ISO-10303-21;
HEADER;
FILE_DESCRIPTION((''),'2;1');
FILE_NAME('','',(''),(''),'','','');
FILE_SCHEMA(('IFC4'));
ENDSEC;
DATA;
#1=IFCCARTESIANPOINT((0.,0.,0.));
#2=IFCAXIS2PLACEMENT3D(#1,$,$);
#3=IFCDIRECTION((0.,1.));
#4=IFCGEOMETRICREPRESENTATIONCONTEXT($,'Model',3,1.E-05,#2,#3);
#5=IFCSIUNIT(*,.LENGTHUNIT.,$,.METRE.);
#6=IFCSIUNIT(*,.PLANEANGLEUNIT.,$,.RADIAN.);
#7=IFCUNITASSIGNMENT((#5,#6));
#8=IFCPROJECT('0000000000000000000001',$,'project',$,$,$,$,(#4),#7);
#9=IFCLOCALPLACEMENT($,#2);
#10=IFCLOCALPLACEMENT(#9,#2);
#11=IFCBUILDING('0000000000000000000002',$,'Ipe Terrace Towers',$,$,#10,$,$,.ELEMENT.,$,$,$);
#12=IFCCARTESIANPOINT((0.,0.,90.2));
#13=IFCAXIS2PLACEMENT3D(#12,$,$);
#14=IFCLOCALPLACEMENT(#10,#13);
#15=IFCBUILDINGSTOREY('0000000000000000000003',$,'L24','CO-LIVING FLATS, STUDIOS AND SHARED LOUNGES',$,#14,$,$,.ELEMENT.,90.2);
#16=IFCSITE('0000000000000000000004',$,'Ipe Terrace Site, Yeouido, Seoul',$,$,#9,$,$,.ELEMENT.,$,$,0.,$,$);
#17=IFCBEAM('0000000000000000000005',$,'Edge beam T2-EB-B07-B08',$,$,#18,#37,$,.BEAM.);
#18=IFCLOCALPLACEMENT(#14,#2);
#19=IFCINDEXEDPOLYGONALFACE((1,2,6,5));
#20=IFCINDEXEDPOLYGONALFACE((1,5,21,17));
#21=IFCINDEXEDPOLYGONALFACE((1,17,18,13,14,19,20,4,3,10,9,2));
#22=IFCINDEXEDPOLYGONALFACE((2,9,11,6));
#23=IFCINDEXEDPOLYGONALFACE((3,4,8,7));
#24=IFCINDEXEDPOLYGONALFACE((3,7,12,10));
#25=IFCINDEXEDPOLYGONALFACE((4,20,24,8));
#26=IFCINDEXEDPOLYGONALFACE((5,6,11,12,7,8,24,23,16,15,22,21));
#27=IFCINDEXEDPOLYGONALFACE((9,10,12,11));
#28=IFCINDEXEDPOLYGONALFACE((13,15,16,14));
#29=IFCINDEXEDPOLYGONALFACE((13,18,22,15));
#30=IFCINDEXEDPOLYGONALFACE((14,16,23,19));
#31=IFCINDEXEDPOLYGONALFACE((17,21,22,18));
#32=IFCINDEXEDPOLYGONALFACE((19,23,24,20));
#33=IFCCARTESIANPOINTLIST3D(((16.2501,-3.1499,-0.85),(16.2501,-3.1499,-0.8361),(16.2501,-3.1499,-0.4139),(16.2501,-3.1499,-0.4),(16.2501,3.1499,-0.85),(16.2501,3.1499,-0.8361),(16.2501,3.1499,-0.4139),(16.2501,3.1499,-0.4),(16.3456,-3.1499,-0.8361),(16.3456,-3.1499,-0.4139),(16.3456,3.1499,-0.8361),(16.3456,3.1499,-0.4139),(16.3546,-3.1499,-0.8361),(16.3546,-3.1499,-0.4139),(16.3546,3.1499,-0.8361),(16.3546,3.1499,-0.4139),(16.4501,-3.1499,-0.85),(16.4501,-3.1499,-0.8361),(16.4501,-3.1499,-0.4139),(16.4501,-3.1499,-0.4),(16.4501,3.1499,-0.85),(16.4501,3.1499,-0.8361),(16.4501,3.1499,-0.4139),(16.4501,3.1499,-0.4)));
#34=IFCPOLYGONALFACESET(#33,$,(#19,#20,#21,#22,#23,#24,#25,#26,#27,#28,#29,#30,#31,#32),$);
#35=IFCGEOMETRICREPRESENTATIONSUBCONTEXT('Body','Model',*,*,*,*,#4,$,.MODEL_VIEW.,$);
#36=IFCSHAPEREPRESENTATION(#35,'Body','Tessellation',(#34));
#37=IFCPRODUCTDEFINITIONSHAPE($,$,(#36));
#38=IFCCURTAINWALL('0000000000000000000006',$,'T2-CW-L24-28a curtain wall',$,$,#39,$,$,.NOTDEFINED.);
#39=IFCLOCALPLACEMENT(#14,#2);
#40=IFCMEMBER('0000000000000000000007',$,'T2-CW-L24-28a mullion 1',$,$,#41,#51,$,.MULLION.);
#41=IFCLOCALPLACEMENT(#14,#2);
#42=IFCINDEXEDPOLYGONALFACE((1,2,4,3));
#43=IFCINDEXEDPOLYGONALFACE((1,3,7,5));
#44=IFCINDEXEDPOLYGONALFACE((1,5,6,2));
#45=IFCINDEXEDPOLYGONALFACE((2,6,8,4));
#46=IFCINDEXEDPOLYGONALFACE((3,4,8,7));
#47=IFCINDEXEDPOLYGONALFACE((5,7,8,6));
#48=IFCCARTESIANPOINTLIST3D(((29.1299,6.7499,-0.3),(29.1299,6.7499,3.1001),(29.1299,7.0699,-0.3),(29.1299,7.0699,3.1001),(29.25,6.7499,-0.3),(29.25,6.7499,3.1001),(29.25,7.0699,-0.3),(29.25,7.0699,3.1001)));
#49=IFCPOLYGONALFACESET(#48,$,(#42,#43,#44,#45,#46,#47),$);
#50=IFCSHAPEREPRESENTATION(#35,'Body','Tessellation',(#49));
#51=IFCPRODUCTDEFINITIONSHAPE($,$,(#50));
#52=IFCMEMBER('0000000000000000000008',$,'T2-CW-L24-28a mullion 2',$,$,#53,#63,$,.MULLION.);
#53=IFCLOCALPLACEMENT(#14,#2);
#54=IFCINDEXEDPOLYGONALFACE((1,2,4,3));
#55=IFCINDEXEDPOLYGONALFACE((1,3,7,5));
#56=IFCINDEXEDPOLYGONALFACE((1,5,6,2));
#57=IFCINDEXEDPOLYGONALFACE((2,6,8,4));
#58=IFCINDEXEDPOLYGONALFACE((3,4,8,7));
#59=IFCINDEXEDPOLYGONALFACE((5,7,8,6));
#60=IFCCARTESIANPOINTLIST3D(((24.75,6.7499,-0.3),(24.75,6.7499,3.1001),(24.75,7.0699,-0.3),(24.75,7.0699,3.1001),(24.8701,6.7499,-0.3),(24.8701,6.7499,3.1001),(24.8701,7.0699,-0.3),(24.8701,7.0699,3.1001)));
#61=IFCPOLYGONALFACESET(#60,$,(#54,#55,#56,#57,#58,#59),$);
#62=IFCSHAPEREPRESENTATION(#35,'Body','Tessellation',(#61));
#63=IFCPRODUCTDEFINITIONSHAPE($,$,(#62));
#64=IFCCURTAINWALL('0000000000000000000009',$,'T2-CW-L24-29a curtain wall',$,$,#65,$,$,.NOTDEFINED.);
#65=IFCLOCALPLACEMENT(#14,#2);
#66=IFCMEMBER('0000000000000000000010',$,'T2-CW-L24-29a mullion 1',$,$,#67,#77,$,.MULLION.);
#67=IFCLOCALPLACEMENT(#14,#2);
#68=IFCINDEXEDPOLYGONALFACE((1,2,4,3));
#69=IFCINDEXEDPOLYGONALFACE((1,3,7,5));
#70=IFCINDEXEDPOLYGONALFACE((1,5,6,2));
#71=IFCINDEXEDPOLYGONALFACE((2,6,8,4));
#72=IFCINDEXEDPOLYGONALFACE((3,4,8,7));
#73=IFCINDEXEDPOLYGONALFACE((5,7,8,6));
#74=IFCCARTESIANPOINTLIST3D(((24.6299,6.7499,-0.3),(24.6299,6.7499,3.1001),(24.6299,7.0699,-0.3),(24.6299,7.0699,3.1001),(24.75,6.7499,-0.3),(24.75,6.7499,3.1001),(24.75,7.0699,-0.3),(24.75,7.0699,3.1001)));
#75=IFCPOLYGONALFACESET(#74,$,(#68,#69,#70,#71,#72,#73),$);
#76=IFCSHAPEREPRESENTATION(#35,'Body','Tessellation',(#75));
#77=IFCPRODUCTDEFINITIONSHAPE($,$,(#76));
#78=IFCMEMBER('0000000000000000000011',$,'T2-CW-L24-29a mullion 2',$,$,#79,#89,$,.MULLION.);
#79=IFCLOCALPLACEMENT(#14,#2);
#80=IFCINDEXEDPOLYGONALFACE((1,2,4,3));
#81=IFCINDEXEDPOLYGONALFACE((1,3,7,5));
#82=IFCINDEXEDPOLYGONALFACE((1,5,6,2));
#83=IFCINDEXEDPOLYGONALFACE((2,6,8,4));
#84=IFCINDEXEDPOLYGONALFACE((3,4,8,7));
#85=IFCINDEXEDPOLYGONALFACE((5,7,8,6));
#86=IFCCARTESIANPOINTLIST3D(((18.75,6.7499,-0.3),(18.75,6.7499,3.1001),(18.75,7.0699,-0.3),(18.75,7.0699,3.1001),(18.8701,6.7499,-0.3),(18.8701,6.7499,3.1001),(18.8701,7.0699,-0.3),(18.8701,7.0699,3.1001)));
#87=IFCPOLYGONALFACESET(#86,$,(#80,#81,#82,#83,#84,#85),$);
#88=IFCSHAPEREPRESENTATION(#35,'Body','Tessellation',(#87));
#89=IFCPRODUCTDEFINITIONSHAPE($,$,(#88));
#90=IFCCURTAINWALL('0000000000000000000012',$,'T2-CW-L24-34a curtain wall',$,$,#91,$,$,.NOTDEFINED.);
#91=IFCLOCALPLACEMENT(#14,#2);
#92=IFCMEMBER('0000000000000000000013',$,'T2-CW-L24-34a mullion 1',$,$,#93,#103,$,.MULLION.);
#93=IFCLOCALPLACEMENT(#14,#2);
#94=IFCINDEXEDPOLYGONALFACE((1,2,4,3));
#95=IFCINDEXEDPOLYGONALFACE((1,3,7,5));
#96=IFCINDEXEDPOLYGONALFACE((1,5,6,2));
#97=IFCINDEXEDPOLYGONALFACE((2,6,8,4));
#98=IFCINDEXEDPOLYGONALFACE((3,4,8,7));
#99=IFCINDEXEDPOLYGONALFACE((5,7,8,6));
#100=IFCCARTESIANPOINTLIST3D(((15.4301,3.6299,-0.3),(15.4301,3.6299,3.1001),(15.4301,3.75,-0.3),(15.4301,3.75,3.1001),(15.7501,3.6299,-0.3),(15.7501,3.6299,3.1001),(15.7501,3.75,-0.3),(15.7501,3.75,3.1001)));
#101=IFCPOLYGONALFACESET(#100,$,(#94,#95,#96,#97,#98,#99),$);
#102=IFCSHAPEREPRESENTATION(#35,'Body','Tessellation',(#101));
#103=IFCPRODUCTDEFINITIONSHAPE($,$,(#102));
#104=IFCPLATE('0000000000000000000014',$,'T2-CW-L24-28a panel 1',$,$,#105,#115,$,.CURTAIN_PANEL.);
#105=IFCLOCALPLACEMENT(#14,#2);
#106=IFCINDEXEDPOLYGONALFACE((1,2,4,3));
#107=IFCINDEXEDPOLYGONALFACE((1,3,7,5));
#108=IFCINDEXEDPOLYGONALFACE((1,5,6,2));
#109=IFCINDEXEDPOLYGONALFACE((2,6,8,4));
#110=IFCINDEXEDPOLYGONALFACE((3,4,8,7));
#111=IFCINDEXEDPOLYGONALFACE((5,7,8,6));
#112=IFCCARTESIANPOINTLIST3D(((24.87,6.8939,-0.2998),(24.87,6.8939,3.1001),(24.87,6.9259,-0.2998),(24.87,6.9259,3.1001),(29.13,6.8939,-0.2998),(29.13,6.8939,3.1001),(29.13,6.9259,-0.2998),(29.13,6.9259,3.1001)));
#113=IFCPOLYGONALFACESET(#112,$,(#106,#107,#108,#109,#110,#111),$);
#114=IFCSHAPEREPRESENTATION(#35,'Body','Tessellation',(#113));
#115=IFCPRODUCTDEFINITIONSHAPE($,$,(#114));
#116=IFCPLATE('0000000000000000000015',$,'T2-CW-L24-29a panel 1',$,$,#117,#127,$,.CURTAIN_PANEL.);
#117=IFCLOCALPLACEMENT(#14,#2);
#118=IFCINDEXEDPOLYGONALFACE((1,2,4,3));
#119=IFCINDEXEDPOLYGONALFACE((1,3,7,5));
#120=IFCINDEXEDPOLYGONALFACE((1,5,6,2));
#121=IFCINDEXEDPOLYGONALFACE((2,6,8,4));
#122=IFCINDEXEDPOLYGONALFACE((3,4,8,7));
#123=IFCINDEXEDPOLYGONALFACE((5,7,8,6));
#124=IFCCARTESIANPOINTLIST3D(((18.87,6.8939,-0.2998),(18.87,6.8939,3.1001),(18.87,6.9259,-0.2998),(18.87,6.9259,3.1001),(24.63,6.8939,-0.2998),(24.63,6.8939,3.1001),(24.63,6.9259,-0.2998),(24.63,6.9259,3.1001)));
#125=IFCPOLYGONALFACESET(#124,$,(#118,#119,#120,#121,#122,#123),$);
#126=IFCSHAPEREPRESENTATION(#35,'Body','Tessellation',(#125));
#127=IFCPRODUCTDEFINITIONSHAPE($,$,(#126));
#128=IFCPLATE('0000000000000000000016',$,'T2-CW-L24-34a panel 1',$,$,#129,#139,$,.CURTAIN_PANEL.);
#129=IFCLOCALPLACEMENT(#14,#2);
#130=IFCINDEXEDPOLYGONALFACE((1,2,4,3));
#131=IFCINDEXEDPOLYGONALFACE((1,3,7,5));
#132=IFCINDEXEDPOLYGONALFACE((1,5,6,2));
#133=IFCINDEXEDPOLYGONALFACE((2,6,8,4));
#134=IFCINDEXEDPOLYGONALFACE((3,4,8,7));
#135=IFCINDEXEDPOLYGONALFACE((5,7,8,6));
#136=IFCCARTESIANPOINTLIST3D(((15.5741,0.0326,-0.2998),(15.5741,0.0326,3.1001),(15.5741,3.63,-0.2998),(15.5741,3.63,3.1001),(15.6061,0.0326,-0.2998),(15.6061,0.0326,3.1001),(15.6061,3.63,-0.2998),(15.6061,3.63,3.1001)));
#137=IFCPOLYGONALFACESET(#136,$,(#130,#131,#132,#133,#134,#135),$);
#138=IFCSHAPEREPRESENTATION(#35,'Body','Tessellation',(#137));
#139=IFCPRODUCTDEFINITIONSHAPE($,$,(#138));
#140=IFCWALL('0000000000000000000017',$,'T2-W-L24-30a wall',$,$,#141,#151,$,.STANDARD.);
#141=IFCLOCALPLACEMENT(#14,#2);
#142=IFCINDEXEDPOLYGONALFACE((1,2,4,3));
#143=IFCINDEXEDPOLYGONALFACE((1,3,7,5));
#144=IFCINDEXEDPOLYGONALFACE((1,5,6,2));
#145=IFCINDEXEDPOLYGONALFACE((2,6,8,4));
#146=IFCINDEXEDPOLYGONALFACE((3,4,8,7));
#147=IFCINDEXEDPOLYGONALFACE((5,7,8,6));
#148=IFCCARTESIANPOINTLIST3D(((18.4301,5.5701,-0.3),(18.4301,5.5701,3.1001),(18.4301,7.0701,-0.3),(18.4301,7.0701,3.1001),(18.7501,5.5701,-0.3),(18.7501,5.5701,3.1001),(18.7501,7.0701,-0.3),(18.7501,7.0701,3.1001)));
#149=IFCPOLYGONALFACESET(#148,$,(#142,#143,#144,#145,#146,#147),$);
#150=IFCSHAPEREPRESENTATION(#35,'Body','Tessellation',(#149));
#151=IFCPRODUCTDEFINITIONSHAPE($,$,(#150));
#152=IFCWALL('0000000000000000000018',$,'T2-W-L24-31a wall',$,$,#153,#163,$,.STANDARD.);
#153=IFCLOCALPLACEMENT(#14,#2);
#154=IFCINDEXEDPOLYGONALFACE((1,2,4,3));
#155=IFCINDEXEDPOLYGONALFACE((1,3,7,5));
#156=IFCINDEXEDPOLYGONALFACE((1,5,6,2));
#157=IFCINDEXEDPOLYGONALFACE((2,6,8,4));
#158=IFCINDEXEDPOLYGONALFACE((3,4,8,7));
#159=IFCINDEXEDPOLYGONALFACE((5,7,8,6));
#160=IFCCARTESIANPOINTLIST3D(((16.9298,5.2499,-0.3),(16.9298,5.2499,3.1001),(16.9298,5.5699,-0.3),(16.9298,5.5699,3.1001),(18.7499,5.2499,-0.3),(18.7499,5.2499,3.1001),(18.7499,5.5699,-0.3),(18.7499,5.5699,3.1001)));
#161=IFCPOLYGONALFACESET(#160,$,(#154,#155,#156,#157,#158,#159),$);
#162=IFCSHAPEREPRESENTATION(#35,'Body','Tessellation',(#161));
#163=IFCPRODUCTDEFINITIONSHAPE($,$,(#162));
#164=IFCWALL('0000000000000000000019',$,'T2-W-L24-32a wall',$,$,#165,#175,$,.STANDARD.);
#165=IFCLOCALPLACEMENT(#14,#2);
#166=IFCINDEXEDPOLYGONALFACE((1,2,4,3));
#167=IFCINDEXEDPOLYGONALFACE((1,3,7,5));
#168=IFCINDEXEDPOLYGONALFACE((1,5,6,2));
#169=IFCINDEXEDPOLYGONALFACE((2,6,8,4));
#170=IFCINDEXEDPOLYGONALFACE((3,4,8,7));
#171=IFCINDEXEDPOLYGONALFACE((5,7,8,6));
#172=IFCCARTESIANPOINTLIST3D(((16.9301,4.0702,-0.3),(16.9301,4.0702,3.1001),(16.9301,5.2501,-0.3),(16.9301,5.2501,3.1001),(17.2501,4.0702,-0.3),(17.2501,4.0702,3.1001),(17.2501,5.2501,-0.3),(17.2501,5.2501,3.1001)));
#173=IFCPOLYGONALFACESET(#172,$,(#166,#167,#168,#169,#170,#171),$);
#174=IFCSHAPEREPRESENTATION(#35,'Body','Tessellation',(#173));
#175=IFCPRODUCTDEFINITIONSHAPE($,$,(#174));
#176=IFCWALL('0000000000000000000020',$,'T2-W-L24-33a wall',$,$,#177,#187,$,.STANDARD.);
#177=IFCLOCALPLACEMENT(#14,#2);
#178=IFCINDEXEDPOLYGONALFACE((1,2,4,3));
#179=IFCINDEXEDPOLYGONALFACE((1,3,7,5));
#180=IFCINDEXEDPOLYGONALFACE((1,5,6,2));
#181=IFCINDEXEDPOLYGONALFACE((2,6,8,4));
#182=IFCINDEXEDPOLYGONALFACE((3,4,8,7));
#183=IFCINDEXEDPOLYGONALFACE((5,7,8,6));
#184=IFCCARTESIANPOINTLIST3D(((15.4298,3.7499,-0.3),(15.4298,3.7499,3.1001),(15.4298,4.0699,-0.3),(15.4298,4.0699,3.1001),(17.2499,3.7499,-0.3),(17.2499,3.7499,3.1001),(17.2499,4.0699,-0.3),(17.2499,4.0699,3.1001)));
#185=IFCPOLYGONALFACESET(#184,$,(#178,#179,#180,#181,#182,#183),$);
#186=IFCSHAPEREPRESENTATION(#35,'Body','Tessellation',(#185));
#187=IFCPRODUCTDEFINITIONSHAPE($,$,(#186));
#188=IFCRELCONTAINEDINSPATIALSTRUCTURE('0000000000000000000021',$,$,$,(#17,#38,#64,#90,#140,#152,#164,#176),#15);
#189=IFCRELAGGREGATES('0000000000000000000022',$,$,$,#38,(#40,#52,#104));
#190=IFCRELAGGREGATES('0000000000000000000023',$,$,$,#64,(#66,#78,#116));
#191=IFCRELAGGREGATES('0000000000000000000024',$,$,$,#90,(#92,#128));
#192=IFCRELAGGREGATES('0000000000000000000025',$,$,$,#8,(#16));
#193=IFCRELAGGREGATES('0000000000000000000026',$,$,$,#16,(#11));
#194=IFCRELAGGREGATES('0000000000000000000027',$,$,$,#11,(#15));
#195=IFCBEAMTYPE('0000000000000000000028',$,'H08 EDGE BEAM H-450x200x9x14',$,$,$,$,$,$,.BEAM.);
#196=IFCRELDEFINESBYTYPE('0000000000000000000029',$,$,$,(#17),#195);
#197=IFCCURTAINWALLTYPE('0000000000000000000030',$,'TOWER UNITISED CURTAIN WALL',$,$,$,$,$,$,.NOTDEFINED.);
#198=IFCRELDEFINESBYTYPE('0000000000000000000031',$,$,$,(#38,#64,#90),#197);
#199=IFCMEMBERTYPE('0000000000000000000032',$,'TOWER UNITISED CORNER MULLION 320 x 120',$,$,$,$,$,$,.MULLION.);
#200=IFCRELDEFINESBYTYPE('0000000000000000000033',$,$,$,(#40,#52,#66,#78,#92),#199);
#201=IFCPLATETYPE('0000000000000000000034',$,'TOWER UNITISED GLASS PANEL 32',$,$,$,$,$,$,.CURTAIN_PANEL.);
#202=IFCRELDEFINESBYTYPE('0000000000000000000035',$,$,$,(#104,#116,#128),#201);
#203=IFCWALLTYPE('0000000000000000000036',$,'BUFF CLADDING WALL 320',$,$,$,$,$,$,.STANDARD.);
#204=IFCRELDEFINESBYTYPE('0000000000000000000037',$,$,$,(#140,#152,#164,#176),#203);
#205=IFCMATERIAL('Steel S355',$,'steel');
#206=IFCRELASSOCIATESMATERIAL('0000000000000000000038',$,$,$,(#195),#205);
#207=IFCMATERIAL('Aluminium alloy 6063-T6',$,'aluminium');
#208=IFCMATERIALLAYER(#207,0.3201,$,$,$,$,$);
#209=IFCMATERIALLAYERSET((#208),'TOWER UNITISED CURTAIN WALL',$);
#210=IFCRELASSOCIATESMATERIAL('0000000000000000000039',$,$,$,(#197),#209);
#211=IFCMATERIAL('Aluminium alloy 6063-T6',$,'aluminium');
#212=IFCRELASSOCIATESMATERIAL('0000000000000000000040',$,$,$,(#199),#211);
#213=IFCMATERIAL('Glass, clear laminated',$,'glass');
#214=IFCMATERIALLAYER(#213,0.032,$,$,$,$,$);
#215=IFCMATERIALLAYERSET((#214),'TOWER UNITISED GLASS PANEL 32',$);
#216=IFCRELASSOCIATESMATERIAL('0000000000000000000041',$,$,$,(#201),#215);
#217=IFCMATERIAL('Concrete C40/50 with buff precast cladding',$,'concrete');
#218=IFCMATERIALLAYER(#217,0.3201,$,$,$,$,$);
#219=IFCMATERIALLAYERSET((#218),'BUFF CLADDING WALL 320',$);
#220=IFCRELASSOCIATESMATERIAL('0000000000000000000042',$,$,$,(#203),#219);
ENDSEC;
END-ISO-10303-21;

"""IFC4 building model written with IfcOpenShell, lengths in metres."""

from ifc_helpers import new_model, si_unit, direction, frame, frame_2d, origin, origin_2d, place, context, subcontext, project, spatial, rectangle, i_section, extrude, material, layer, layer_set, material_profile, profile_set, type_object, element, aggregate, save


model = new_model("IFC4")

# Units and contexts
model_context = context("Model", 3, precision=1e-05, world=origin(), true_north=direction((0.0, 1.0)))
body_context = subcontext(model_context, "Body", "Model", "MODEL_VIEW")
ifc_project = project(units=[si_unit("LENGTHUNIT", "METRE"), si_unit("PLANEANGLEUNIT", "RADIAN")], contexts=[model_context])

# Site, building, storey
site_placement = place(None, origin())
site = spatial("IfcSite", under=ifc_project, at=site_placement, Name="Ipe Terrace Site, Yeouido, Seoul", CompositionType="ELEMENT", RefElevation=0.0)
building_placement = place(site_placement, origin())
building = spatial("IfcBuilding", under=site, at=building_placement, Name="Ipe Terrace Towers", CompositionType="ELEMENT")
storey_placement = place(building_placement, frame((0.0, 0.0, 90.2)))
storey = spatial("IfcBuildingStorey", under=building, at=storey_placement, Name="L24", Description="CO-LIVING FLATS, STUDIOS AND SHARED LOUNGES", CompositionType="ELEMENT", Elevation=90.2)

# Beam
ifc_material_1 = material(Name="Steel S355", Category="steel")
ifc_material_profile_1 = material_profile(ifc_material_1, i_section(OverallWidth=0.2, OverallDepth=0.45, WebThickness=0.009, FlangeThickness=0.0139, at=origin_2d()), Name="H-450x200x9x14")
ifc_profile_set_1 = profile_set([ifc_material_profile_1], Name="Steel S355")
beam_type_1 = type_object("IfcBeamType", Name="H08 EDGE BEAM H-450x200x9x14", PredefinedType="BEAM", material=ifc_profile_set_1)
beam_1_placement = place(storey_placement, frame((16.3501, 3.1499, -0.625), z_axis=(0.0, -1.0, 0.0), x_axis=(1.0, 0.0, 0.0)))
element("IfcBeam", 1, at=beam_1_placement, inside=storey, type_object=beam_type_1, Name="Edge beam T2-EB-B07-B08", PredefinedType="BEAM", context=body_context, shape_type="SweptSolid", body=[
    extrude(i_section(OverallWidth=0.2, OverallDepth=0.45, WebThickness=0.009, FlangeThickness=0.0139, at=origin_2d()), origin(), (0.0, 0.0, 1.0), 6.2998),
])

# Curtain walls, members
ifc_material_2 = material(Name="Aluminium alloy 6063-T6", Category="aluminium")
ifc_layer_1 = layer(ifc_material_2, 0.3201)
ifc_layer_set_1 = layer_set([ifc_layer_1], Name="TOWER UNITISED CURTAIN WALL")
curtain_wall_type = type_object("IfcCurtainWallType", Name="TOWER UNITISED CURTAIN WALL", PredefinedType="NOTDEFINED", material=ifc_layer_set_1)
curtain_wall_1_placement = place(storey_placement, origin())
curtain_wall_1 = element("IfcCurtainWall", 2, at=curtain_wall_1_placement, inside=storey, type_object=curtain_wall_type, Name="T2-CW-L24-28a curtain wall", PredefinedType="NOTDEFINED")
ifc_material_3 = material(Name="Aluminium alloy 6063-T6", Category="aluminium")
ifc_material_profile_2 = material_profile(ifc_material_3, rectangle(XDim=0.3201, YDim=0.1201, at=origin_2d()), Name="TOWER UNITISED CORNER MULLION 320 x 120")
ifc_profile_set_2 = profile_set([ifc_material_profile_2], Name="Aluminium alloy 6063-T6")
member_type = type_object("IfcMemberType", Name="TOWER UNITISED CORNER MULLION 320 x 120", PredefinedType="MULLION", material=ifc_profile_set_2)
member_1_placement = place(storey_placement, frame((29.1899, 6.9099, -0.3), z_axis=(0.0, 0.0, 1.0), x_axis=(0.0, 1.0, 0.0)))
member_1 = element("IfcMember", 3, at=member_1_placement, type_object=member_type, Name="T2-CW-L24-28a mullion 1", PredefinedType="MULLION", context=body_context, shape_type="SweptSolid", body=[
    extrude(rectangle(XDim=0.3201, YDim=0.1201, at=origin_2d()), origin(), (0.0, 0.0, 1.0), 3.4001),
])
member_2_placement = place(storey_placement, frame((24.8101, 6.9099, -0.3), z_axis=(0.0, 0.0, 1.0), x_axis=(0.0, 1.0, 0.0)))
member_2 = element("IfcMember", 4, at=member_2_placement, type_object=member_type, Name="T2-CW-L24-28a mullion 2", PredefinedType="MULLION", context=body_context, shape_type="SweptSolid", body=[
    extrude(rectangle(XDim=0.3201, YDim=0.1201, at=origin_2d()), origin(), (0.0, 0.0, 1.0), 3.4001),
])
curtain_wall_2_placement = place(storey_placement, origin())
curtain_wall_2 = element("IfcCurtainWall", 5, at=curtain_wall_2_placement, inside=storey, type_object=curtain_wall_type, Name="T2-CW-L24-29a curtain wall", PredefinedType="NOTDEFINED")
member_3_placement = place(storey_placement, frame((24.6899, 6.9099, -0.3), z_axis=(0.0, 0.0, 1.0), x_axis=(0.0, 1.0, 0.0)))
member_3 = element("IfcMember", 6, at=member_3_placement, type_object=member_type, Name="T2-CW-L24-29a mullion 1", PredefinedType="MULLION", context=body_context, shape_type="SweptSolid", body=[
    extrude(rectangle(XDim=0.3201, YDim=0.1201, at=origin_2d()), origin(), (0.0, 0.0, 1.0), 3.4001),
])
member_4_placement = place(storey_placement, frame((18.8101, 6.9099, -0.3), z_axis=(0.0, 0.0, 1.0), x_axis=(0.0, 1.0, 0.0)))
member_4 = element("IfcMember", 7, at=member_4_placement, type_object=member_type, Name="T2-CW-L24-29a mullion 2", PredefinedType="MULLION", context=body_context, shape_type="SweptSolid", body=[
    extrude(rectangle(XDim=0.3201, YDim=0.1201, at=origin_2d()), origin(), (0.0, 0.0, 1.0), 3.4001),
])

# Curtain wall, member
curtain_wall_3_placement = place(storey_placement, origin())
curtain_wall_3 = element("IfcCurtainWall", 8, at=curtain_wall_3_placement, inside=storey, type_object=curtain_wall_type, Name="T2-CW-L24-34a curtain wall", PredefinedType="NOTDEFINED")
member_5_placement = place(storey_placement, frame((15.5901, 3.6899, -0.3), z_axis=(0.0, 0.0, 1.0), x_axis=(-1.0, 0.0, 0.0)))
member_5 = element("IfcMember", 9, at=member_5_placement, type_object=member_type, Name="T2-CW-L24-34a mullion 1", PredefinedType="MULLION", context=body_context, shape_type="SweptSolid", body=[
    extrude(rectangle(XDim=0.3201, YDim=0.1201, at=origin_2d()), origin(), (0.0, 0.0, 1.0), 3.4001),
])

# Plates
ifc_material_4 = material(Name="Glass, clear laminated", Category="glass")
ifc_layer_2 = layer(ifc_material_4, 0.032)
ifc_layer_set_2 = layer_set([ifc_layer_2], Name="TOWER UNITISED GLASS PANEL 32")
plate_type = type_object("IfcPlateType", Name="TOWER UNITISED GLASS PANEL 32", PredefinedType="CURTAIN_PANEL", material=ifc_layer_set_2)
plate_1_placement = place(storey_placement, frame((27.0, 6.9099, -0.2998), z_axis=(0.0, 0.0, 1.0), x_axis=(-1.0, 0.0, 0.0)))
plate_1 = element("IfcPlate", 10, at=plate_1_placement, type_object=plate_type, Name="T2-CW-L24-28a panel 1", PredefinedType="CURTAIN_PANEL", context=body_context, shape_type="SweptSolid", body=[
    extrude(rectangle(XDim=4.26, YDim=0.032, at=origin_2d()), origin(), (0.0, 0.0, 1.0), 3.3999),
])
aggregate(curtain_wall_1, [member_1, member_2, plate_1])
plate_2_placement = place(storey_placement, frame((21.75, 6.9099, -0.2998), z_axis=(0.0, 0.0, 1.0), x_axis=(-1.0, 0.0, 0.0)))
plate_2 = element("IfcPlate", 11, at=plate_2_placement, type_object=plate_type, Name="T2-CW-L24-29a panel 1", PredefinedType="CURTAIN_PANEL", context=body_context, shape_type="SweptSolid", body=[
    extrude(rectangle(XDim=5.76, YDim=0.032, at=origin_2d()), origin(), (0.0, 0.0, 1.0), 3.3999),
])
aggregate(curtain_wall_2, [member_3, member_4, plate_2])
plate_3_placement = place(storey_placement, frame((15.5901, 1.8313, -0.2998), z_axis=(0.0, 0.0, 1.0), x_axis=(0.0, -1.0, 0.0)))
plate_3 = element("IfcPlate", 12, at=plate_3_placement, type_object=plate_type, Name="T2-CW-L24-34a panel 1", PredefinedType="CURTAIN_PANEL", context=body_context, shape_type="SweptSolid", body=[
    extrude(rectangle(XDim=3.5974, YDim=0.032, at=origin_2d()), origin(), (0.0, 0.0, 1.0), 3.3999),
])
aggregate(curtain_wall_3, [member_5, plate_3])

# Walls
ifc_material_5 = material(Name="Concrete C40/50 with buff precast cladding", Category="concrete")
ifc_layer_3 = layer(ifc_material_5, 0.3201)
ifc_layer_set_3 = layer_set([ifc_layer_3], Name="BUFF CLADDING WALL 320")
wall_type_1 = type_object("IfcWallType", Name="BUFF CLADDING WALL 320", PredefinedType="STANDARD", material=ifc_layer_set_3)
wall_1_placement = place(storey_placement, frame((18.5901, 7.0701, -0.3), z_axis=(0.0, 0.0, 1.0), x_axis=(0.0, -1.0, 0.0)))
element("IfcWall", 13, at=wall_1_placement, inside=storey, type_object=wall_type_1, Name="T2-W-L24-30a wall", PredefinedType="STANDARD", context=body_context, shape_type="SweptSolid", body=[
    extrude(rectangle(XDim=1.5, YDim=0.3201, at=frame_2d((0.75, 0.0))), origin(), (0.0, 0.0, 1.0), 3.4001),
])
wall_2_placement = place(storey_placement, frame((18.75, 5.4099, -0.3), z_axis=(0.0, 0.0, 1.0), x_axis=(-1.0, 0.0, 0.0)))
element("IfcWall", 14, at=wall_2_placement, inside=storey, type_object=wall_type_1, Name="T2-W-L24-31a wall", PredefinedType="STANDARD", context=body_context, shape_type="SweptSolid", body=[
    extrude(rectangle(XDim=1.8201, YDim=0.3201, at=frame_2d((0.9102, 0.0))), origin(), (0.0, 0.0, 1.0), 3.4001),
])
wall_3_placement = place(storey_placement, frame((17.0901, 5.25, -0.3), z_axis=(0.0, 0.0, 1.0), x_axis=(0.0, -1.0, 0.0)))
element("IfcWall", 15, at=wall_3_placement, inside=storey, type_object=wall_type_1, Name="T2-W-L24-32a wall", PredefinedType="STANDARD", context=body_context, shape_type="SweptSolid", body=[
    extrude(rectangle(XDim=1.1799, YDim=0.3201, at=frame_2d((0.5898, 0.0))), origin(), (0.0, 0.0, 1.0), 3.4001),
])
wall_4_placement = place(storey_placement, frame((17.25, 3.9099, -0.3), z_axis=(0.0, 0.0, 1.0), x_axis=(-1.0, 0.0, 0.0)))
element("IfcWall", 16, at=wall_4_placement, inside=storey, type_object=wall_type_1, Name="T2-W-L24-33a wall", PredefinedType="STANDARD", context=body_context, shape_type="SweptSolid", body=[
    extrude(rectangle(XDim=1.8201, YDim=0.3201, at=frame_2d((0.9102, 0.0))), origin(), (0.0, 0.0, 1.0), 3.4001),
])

save(model, "model.ifc")
